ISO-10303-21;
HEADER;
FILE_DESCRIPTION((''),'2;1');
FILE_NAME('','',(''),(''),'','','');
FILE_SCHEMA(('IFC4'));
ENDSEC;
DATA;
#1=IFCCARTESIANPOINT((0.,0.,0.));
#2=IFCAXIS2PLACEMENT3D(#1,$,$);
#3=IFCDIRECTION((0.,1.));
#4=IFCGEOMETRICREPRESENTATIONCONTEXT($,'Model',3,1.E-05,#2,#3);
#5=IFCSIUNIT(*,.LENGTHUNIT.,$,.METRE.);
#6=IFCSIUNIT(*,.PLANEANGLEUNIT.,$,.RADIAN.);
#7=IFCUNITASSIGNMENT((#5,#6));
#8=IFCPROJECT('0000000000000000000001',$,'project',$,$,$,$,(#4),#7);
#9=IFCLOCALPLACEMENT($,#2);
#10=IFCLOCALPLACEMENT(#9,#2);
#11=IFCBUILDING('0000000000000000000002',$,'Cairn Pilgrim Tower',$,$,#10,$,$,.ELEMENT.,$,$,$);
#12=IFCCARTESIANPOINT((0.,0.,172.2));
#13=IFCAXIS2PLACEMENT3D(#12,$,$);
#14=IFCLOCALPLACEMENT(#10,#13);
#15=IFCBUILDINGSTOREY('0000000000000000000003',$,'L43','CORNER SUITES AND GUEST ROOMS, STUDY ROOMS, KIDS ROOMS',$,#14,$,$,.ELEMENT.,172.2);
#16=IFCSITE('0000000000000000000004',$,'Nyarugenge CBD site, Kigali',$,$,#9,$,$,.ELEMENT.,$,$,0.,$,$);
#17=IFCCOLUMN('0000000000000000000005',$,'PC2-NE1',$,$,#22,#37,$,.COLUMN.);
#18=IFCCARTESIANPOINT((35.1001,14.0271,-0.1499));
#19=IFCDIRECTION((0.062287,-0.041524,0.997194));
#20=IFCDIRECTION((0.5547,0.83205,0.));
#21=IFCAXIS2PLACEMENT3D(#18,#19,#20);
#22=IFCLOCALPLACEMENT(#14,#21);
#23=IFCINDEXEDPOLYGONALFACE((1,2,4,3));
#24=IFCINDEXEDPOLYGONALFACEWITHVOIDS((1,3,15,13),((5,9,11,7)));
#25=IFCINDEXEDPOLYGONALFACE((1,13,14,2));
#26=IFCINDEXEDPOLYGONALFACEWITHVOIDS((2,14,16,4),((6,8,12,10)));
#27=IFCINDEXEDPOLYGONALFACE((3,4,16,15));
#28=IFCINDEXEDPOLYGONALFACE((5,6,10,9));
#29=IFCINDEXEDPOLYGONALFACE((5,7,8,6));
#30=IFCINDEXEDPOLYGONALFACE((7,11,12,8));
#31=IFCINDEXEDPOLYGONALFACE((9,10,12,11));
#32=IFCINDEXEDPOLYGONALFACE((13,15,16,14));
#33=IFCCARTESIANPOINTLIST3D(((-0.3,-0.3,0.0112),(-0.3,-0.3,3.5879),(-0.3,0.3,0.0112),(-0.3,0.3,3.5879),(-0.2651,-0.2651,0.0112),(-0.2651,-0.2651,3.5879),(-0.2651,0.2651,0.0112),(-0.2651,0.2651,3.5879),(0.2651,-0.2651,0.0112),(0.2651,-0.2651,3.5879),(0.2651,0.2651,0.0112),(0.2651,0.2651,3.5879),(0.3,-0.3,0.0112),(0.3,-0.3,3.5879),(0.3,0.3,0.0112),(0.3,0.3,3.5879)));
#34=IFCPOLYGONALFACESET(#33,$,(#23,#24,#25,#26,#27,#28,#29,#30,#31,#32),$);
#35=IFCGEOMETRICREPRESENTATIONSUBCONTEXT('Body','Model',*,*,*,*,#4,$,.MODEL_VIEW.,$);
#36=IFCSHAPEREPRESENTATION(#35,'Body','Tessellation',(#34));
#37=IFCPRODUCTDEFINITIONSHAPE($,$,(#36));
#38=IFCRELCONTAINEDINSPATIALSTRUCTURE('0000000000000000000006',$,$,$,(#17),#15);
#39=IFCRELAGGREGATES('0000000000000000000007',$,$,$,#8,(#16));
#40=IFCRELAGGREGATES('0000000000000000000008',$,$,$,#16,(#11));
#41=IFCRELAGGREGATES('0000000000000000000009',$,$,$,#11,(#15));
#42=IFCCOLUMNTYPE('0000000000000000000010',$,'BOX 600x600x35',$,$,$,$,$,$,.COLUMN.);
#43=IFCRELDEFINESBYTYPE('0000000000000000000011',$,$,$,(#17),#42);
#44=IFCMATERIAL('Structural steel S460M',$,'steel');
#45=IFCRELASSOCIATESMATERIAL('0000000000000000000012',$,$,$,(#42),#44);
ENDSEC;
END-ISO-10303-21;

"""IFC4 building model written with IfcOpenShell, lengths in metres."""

from ifc_helpers import new_model, si_unit, direction, frame, origin, origin_2d, place, context, subcontext, project, spatial, hollow_rectangle, extrude, clip, halfspace, material, material_profile, profile_set, type_object, element, save


model = new_model("IFC4")

# Units and contexts
model_context = context("Model", 3, precision=1e-05, world=origin(), true_north=direction((0.0, 1.0)))
body_context = subcontext(model_context, "Body", "Model", "MODEL_VIEW")
ifc_project = project(units=[si_unit("LENGTHUNIT", "METRE"), si_unit("PLANEANGLEUNIT", "RADIAN")], contexts=[model_context])

# Site, building, storey
site_placement = place(None, origin())
site = spatial("IfcSite", under=ifc_project, at=site_placement, Name="Nyarugenge CBD site, Kigali", CompositionType="ELEMENT", RefElevation=0.0)
building_placement = place(site_placement, origin())
building = spatial("IfcBuilding", under=site, at=building_placement, Name="Cairn Pilgrim Tower", CompositionType="ELEMENT")
storey_placement = place(building_placement, frame((0.0, 0.0, 172.2)))
storey = spatial("IfcBuildingStorey", under=building, at=storey_placement, Name="L43", Description="CORNER SUITES AND GUEST ROOMS, STUDY ROOMS, KIDS ROOMS", CompositionType="ELEMENT", Elevation=172.2)

# Column
ifc_material_1 = material(Name="Structural steel S460M", Category="steel")
ifc_material_profile_1 = material_profile(ifc_material_1, hollow_rectangle(XDim=0.6001, YDim=0.6001, WallThickness=0.0349, at=origin_2d()), Name="BOX 600x600x35")
ifc_profile_set_1 = profile_set([ifc_material_profile_1], Name="Structural steel S460M")
column_type = type_object("IfcColumnType", Name="BOX 600x600x35", PredefinedType="COLUMN", material=ifc_profile_set_1)
column_placement = place(storey_placement, frame((35.1001, 14.0271, -0.1499), z_axis=(0.062287, -0.041524, 0.997194), x_axis=(0.5547, 0.83205, 0.0)))
element("IfcColumn", 1, at=column_placement, inside=storey, type_object=column_type, Name="PC2-NE1", PredefinedType="COLUMN", context=body_context, shape_type="Clipping", body=[
    clip(clip(extrude(hollow_rectangle(XDim=0.6001, YDim=0.6001, WallThickness=0.0349, at=origin_2d()), origin(), (0.0, 0.0, 1.0), 3.6099), halfspace(frame((0.0, 0.0, 0.0112), z_axis=(0.0, 0.0, 1.0), x_axis=(1.0, 0.0, 0.0)), True)), halfspace(frame((0.0, 0.0, 3.5879), z_axis=(0.0, 0.0, 1.0), x_axis=(1.0, 0.0, 0.0)), False)),
])

save(model, "model.ifc")
